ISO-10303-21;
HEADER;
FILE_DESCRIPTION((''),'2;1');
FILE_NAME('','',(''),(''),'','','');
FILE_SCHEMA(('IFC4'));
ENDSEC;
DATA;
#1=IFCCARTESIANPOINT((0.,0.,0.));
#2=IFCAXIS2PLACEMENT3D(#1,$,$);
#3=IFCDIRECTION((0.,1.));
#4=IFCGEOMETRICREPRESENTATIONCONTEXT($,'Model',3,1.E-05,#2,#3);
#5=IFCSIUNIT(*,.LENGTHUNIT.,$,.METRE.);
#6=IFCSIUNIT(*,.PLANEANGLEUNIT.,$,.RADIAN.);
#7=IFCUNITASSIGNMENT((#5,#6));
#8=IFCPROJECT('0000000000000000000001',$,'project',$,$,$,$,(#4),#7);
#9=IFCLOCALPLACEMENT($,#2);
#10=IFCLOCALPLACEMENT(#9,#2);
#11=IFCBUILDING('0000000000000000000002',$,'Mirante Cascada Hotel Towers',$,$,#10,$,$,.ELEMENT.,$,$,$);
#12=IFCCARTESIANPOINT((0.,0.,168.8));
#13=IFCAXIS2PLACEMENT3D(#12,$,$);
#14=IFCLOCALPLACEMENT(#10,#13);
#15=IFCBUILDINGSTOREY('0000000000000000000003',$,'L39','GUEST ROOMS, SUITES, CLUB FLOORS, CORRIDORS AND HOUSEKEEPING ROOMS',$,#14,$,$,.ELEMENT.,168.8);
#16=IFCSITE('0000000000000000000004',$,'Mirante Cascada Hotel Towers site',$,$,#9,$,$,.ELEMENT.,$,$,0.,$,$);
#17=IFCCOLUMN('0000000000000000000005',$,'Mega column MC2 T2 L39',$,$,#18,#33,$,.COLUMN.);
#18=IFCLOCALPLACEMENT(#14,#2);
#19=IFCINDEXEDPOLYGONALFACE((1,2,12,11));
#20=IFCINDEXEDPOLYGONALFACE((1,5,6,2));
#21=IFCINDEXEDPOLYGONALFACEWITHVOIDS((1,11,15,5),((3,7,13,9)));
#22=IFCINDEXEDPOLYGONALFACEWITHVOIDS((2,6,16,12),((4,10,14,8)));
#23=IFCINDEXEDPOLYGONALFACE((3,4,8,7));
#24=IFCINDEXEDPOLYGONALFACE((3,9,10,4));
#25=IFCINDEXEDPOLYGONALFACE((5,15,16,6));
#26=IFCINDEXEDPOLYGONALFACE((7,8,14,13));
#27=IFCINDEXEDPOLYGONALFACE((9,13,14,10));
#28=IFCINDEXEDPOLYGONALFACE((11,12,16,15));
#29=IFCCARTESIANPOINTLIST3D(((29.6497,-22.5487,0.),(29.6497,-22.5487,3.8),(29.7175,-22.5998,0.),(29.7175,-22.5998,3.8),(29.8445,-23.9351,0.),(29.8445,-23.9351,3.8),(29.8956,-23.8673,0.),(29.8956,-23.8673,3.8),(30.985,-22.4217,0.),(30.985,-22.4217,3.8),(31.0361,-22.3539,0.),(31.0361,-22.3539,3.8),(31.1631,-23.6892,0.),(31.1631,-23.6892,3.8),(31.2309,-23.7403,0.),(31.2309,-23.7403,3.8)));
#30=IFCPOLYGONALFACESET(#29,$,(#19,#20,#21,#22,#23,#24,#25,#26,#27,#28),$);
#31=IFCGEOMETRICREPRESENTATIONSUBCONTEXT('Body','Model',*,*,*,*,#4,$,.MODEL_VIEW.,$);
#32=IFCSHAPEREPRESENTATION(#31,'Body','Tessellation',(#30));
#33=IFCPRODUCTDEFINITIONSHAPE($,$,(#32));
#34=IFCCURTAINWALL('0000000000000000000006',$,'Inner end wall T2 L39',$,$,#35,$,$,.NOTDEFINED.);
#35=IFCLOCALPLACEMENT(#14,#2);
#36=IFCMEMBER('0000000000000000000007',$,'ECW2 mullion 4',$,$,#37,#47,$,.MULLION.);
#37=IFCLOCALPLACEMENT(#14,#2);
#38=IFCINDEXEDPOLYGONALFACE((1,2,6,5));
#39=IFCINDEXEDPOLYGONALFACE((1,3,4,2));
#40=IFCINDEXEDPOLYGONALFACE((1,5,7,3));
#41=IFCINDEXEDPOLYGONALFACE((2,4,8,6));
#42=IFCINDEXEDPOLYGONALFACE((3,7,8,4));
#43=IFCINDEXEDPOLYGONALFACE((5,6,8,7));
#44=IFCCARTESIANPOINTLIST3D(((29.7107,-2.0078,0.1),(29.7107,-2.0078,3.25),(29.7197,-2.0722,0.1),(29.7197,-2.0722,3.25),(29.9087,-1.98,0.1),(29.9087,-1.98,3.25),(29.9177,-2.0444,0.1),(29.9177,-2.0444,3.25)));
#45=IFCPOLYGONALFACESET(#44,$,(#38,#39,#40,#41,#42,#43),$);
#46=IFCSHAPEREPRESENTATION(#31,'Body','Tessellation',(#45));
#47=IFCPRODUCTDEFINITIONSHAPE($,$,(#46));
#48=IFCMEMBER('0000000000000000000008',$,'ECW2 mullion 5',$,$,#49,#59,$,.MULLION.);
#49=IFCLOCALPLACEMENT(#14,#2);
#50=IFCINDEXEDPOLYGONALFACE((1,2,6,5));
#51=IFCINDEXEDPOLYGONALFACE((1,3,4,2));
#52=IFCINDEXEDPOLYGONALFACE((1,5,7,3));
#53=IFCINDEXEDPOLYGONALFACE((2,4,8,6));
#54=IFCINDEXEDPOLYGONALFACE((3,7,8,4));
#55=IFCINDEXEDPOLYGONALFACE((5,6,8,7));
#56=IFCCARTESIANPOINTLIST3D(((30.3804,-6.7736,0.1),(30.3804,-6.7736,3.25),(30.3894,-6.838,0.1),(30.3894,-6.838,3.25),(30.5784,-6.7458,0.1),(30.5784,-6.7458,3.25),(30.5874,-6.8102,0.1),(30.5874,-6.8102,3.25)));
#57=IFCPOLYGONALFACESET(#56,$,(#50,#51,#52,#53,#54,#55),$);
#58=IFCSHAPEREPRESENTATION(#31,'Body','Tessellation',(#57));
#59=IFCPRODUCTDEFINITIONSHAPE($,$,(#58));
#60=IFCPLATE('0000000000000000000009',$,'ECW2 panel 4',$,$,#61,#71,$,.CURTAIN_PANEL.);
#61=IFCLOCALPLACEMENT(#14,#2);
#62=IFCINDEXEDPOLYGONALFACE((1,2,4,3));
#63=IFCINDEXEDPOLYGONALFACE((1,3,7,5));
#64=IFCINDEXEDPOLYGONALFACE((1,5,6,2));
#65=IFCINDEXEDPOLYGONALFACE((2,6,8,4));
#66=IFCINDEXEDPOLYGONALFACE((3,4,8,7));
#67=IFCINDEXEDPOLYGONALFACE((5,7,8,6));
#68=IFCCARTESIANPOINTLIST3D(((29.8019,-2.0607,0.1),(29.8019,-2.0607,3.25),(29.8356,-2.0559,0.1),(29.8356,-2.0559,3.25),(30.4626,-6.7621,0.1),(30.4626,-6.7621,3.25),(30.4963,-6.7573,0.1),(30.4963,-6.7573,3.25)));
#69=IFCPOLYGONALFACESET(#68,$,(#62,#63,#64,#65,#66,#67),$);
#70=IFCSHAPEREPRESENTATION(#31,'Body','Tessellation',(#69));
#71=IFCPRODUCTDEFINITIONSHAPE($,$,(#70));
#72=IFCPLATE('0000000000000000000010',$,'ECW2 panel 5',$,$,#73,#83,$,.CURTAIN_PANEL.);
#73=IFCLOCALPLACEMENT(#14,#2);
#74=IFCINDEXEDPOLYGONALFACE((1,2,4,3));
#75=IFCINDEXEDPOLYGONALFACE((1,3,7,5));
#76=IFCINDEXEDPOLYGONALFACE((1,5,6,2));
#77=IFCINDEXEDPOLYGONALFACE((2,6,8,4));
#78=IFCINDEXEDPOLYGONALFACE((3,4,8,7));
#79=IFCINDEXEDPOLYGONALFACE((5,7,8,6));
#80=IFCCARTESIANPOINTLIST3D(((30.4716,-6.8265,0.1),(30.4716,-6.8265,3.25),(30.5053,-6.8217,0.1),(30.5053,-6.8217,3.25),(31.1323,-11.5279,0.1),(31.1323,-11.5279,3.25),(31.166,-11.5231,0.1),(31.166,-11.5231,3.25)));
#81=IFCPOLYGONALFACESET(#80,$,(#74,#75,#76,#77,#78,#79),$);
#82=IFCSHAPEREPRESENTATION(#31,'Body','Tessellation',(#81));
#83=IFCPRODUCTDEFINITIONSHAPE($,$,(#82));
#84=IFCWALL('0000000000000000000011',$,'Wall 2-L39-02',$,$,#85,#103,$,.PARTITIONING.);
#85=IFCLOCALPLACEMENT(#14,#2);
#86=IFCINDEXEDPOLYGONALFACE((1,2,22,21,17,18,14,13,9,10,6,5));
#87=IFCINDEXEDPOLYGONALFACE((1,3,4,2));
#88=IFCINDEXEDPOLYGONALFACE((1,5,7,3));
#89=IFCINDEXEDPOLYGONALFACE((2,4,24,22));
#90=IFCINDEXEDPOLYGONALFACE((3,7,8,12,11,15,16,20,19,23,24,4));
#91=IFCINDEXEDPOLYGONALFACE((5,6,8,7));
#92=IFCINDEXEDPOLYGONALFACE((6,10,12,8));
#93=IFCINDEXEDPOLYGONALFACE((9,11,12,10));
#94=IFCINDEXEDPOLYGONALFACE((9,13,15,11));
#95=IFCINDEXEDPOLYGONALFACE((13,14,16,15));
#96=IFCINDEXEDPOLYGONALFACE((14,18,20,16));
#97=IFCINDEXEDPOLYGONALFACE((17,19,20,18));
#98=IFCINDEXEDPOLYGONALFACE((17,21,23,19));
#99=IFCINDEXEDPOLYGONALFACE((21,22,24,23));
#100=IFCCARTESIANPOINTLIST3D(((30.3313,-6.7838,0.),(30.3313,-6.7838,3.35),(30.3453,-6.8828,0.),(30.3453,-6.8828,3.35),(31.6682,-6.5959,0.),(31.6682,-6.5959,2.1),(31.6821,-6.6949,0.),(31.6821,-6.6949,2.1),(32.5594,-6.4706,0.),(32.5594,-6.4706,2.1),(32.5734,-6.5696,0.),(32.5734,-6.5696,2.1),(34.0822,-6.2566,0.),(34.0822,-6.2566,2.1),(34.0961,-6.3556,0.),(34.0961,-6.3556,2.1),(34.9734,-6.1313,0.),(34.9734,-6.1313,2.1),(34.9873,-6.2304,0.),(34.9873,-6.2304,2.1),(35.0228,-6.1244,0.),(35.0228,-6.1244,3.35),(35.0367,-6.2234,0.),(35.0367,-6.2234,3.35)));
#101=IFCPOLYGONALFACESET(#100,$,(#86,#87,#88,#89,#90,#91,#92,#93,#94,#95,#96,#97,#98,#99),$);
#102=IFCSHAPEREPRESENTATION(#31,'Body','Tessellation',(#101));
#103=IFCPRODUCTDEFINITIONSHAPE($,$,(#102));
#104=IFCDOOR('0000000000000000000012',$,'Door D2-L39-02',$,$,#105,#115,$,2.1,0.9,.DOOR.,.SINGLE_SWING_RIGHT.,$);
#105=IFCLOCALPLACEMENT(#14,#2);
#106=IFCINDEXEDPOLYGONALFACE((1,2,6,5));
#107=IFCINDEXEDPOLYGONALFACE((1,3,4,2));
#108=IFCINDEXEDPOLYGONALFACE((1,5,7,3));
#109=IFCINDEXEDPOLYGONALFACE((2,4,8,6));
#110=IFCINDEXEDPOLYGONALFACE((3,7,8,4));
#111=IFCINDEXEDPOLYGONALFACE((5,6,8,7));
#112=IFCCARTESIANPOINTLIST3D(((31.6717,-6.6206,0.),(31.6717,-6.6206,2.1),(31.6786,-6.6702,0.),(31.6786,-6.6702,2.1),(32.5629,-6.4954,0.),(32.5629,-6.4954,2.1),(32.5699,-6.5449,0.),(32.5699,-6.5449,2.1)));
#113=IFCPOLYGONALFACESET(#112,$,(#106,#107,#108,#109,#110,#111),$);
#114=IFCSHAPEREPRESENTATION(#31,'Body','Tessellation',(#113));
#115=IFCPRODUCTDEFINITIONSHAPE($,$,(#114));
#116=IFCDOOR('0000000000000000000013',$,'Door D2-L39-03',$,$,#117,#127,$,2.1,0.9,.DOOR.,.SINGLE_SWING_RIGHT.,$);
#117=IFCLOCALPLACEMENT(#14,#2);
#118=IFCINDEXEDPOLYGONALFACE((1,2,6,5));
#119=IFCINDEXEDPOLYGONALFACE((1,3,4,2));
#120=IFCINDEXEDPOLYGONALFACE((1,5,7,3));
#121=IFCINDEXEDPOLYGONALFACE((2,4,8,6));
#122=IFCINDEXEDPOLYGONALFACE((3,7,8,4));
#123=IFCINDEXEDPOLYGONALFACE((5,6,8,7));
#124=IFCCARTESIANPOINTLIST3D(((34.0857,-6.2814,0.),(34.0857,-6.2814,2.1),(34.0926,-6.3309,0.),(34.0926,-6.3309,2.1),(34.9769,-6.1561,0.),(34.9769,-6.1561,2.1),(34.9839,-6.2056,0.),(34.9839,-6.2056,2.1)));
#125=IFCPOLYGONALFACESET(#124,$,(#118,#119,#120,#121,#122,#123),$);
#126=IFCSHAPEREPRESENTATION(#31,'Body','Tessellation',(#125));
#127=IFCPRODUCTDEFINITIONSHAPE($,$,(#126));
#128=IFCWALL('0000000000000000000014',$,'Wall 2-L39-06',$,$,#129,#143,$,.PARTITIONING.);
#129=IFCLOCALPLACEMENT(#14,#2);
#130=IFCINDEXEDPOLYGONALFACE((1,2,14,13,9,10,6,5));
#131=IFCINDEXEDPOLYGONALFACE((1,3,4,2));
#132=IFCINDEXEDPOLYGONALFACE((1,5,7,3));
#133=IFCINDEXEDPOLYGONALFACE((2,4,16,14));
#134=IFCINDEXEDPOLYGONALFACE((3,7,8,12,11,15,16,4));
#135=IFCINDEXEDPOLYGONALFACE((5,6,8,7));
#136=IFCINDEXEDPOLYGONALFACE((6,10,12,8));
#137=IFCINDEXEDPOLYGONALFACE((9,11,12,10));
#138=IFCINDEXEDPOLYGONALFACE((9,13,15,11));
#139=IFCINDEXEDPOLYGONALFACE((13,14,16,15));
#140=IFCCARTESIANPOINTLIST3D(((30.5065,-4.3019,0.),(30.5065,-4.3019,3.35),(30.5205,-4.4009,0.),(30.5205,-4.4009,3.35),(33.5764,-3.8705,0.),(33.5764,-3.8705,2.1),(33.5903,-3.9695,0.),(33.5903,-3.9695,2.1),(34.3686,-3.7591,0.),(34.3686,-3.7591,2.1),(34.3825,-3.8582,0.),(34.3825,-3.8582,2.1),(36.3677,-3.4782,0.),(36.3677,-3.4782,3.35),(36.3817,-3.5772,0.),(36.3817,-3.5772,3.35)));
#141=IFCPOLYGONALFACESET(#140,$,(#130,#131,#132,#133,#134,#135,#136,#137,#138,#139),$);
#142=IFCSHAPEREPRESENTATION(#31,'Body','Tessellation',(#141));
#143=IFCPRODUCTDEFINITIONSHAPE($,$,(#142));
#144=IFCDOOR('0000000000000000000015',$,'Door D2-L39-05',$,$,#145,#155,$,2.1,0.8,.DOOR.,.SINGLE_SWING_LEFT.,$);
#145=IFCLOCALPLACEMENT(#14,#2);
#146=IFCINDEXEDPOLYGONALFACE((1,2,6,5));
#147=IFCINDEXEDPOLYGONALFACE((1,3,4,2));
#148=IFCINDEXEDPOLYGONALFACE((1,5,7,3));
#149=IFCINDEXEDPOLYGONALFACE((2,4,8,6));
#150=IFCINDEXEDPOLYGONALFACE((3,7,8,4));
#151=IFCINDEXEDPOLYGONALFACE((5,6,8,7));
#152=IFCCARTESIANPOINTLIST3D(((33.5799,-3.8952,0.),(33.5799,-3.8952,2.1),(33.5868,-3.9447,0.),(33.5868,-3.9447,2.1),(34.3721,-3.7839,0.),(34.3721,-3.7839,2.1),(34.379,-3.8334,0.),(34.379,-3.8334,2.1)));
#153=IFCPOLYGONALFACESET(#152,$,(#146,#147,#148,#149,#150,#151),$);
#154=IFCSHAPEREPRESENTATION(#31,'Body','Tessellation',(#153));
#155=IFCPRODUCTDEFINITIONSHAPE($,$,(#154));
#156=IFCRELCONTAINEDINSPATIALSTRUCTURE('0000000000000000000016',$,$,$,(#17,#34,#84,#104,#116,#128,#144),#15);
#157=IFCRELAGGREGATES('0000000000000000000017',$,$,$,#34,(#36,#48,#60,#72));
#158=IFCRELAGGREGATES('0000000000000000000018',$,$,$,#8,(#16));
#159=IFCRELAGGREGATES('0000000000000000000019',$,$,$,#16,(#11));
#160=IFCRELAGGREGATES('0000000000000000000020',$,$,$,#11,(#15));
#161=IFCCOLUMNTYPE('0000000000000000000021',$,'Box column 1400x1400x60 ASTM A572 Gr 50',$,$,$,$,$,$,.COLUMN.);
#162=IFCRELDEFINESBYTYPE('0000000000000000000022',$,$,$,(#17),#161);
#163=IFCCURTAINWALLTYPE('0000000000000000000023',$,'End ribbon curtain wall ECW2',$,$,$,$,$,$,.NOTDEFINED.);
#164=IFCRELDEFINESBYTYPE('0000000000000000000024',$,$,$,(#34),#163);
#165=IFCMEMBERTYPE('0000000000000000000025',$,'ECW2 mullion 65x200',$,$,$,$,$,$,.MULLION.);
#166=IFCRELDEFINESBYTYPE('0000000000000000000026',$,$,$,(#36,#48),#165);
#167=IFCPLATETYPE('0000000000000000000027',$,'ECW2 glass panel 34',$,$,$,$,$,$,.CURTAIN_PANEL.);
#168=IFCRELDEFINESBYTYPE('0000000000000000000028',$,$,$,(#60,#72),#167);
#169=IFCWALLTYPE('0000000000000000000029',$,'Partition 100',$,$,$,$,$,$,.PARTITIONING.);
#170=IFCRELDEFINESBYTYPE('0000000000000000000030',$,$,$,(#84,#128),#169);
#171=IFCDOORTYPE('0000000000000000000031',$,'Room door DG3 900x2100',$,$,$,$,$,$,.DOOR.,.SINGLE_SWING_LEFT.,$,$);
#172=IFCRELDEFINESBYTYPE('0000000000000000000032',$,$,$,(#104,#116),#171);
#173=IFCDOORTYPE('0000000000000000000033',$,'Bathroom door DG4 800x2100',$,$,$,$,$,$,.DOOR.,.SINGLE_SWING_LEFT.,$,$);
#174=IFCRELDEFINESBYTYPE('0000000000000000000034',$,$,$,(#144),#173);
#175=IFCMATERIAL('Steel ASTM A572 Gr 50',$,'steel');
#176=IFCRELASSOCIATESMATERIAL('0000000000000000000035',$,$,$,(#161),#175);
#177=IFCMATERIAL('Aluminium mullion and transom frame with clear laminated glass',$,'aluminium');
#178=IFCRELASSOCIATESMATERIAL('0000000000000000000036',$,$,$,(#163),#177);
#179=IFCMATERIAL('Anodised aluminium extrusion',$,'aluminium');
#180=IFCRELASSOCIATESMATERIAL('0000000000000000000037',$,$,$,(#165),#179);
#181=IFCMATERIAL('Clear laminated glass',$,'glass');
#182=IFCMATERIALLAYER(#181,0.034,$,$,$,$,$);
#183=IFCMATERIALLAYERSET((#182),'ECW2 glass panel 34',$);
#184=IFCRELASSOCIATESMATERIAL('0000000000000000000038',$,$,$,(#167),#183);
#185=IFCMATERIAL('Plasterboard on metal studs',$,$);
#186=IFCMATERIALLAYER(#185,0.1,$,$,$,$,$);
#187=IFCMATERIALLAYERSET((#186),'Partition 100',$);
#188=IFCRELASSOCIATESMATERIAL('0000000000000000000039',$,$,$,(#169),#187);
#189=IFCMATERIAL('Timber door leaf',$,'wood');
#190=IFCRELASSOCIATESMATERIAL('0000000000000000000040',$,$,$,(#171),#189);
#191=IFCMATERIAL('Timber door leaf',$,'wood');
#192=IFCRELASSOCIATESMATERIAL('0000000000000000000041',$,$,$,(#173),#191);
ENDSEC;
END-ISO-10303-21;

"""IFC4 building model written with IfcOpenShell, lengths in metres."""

from ifc_helpers import new_model, si_unit, direction, frame, frame_2d, origin, origin_2d, place, context, subcontext, project, spatial, rectangle, hollow_rectangle, extrude, material, layer, layer_set, material_profile, profile_set, type_object, element, fill, aggregate, save


model = new_model("IFC4")

# Units and contexts
model_context = context("Model", 3, precision=1e-05, world=origin(), true_north=direction((0.0, 1.0)))
body_context = subcontext(model_context, "Body", "Model", "MODEL_VIEW")
ifc_project = project(units=[si_unit("LENGTHUNIT", "METRE"), si_unit("PLANEANGLEUNIT", "RADIAN")], contexts=[model_context])

# Site, building, storey
site_placement = place(None, origin())
site = spatial("IfcSite", under=ifc_project, at=site_placement, Name="Mirante Cascada Hotel Towers site", CompositionType="ELEMENT", RefElevation=0.0)
building_placement = place(site_placement, origin())
building = spatial("IfcBuilding", under=site, at=building_placement, Name="Mirante Cascada Hotel Towers", CompositionType="ELEMENT")
storey_placement = place(building_placement, frame((0.0, 0.0, 168.8)))
storey = spatial("IfcBuildingStorey", under=building, at=storey_placement, Name="L39", Description="GUEST ROOMS, SUITES, CLUB FLOORS, CORRIDORS AND HOUSEKEEPING ROOMS", CompositionType="ELEMENT", Elevation=168.8)

# Column
ifc_material_1 = material(Name="Steel ASTM A572 Gr 50", Category="steel")
ifc_material_profile_1 = material_profile(ifc_material_1, hollow_rectangle(XDim=1.4, YDim=1.4, WallThickness=0.06, at=origin_2d()), Name="Box column 1400x1400x60 ASTM A572 Gr 50")
ifc_profile_set_1 = profile_set([ifc_material_profile_1], Name="Steel ASTM A572 Gr 50")
column_type = type_object("IfcColumnType", Name="Box column 1400x1400x60 ASTM A572 Gr 50", PredefinedType="COLUMN", material=ifc_profile_set_1)
column_placement = place(storey_placement, frame((30.4403, -23.1445, 0.0), z_axis=(0.0, 0.0, 1.0), x_axis=(0.990268, 0.139173, 0.0)))
element("IfcColumn", 1, at=column_placement, inside=storey, type_object=column_type, Name="Mega column MC2 T2 L39", PredefinedType="COLUMN", context=body_context, shape_type="SweptSolid", body=[
    extrude(hollow_rectangle(XDim=1.4, YDim=1.4, WallThickness=0.06, at=origin_2d()), origin(), (0.0, 0.0, 1.0), 3.8),
])

# Curtain wall, members, plates
ifc_material_2 = material(Name="Aluminium mullion and transom frame with clear laminated glass", Category="aluminium")
curtain_wall_type = type_object("IfcCurtainWallType", Name="End ribbon curtain wall ECW2", PredefinedType="NOTDEFINED", material=ifc_material_2)
curtain_wall_placement = place(storey_placement, origin())
curtain_wall = element("IfcCurtainWall", 2, at=curtain_wall_placement, inside=storey, type_object=curtain_wall_type, Name="Inner end wall T2 L39", PredefinedType="NOTDEFINED")
ifc_material_3 = material(Name="Anodised aluminium extrusion", Category="aluminium")
ifc_material_profile_2 = material_profile(ifc_material_3, rectangle(XDim=0.2, YDim=0.065, at=origin_2d()), Name="ECW2 MULLION 65x200")
ifc_profile_set_2 = profile_set([ifc_material_profile_2], Name="Anodised aluminium extrusion")
member_type = type_object("IfcMemberType", Name="ECW2 mullion 65x200", PredefinedType="MULLION", material=ifc_profile_set_2)
member_1_placement = place(storey_placement, frame((29.8142, -2.0261, 0.1), z_axis=(0.0, 0.0, 1.0), x_axis=(0.990268, 0.139173, 0.0)))
member_1 = element("IfcMember", 3, at=member_1_placement, type_object=member_type, Name="ECW2 mullion 4", PredefinedType="MULLION", context=body_context, shape_type="SweptSolid", body=[
    extrude(rectangle(XDim=0.2, YDim=0.065, at=origin_2d()), origin(), (0.0, 0.0, 1.0), 3.15),
])
member_2_placement = place(storey_placement, frame((30.4839, -6.7919, 0.1), z_axis=(0.0, 0.0, 1.0), x_axis=(0.990268, 0.139173, 0.0)))
member_2 = element("IfcMember", 4, at=member_2_placement, type_object=member_type, Name="ECW2 mullion 5", PredefinedType="MULLION", context=body_context, shape_type="SweptSolid", body=[
    extrude(rectangle(XDim=0.2, YDim=0.065, at=origin_2d()), origin(), (0.0, 0.0, 1.0), 3.15),
])
ifc_material_4 = material(Name="Clear laminated glass", Category="glass")
ifc_layer_1 = layer(ifc_material_4, 0.034)
ifc_layer_set_1 = layer_set([ifc_layer_1], Name="ECW2 glass panel 34")
plate_type = type_object("IfcPlateType", Name="ECW2 glass panel 34", PredefinedType="CURTAIN_PANEL", material=ifc_layer_set_1)
plate_1_placement = place(storey_placement, frame((30.1491, -4.409, 0.1), z_axis=(0.0, 0.0, 1.0), x_axis=(0.139173, -0.990268, 0.0)))
plate_1 = element("IfcPlate", 5, at=plate_1_placement, type_object=plate_type, Name="ECW2 panel 4", PredefinedType="CURTAIN_PANEL", context=body_context, shape_type="SweptSolid", body=[
    extrude(rectangle(XDim=4.7476, YDim=0.034, at=origin_2d()), origin(), (0.0, 0.0, 1.0), 3.15),
])
plate_2_placement = place(storey_placement, frame((30.8188, -9.1748, 0.1), z_axis=(0.0, 0.0, 1.0), x_axis=(0.139173, -0.990268, 0.0)))
plate_2 = element("IfcPlate", 6, at=plate_2_placement, type_object=plate_type, Name="ECW2 panel 5", PredefinedType="CURTAIN_PANEL", context=body_context, shape_type="SweptSolid", body=[
    extrude(rectangle(XDim=4.7476, YDim=0.034, at=origin_2d()), origin(), (0.0, 0.0, 1.0), 3.15),
])
aggregate(curtain_wall, [member_1, member_2, plate_1, plate_2])

# Wall, openings, doors
ifc_material_5 = material(Name="Plasterboard on metal studs")
ifc_layer_2 = layer(ifc_material_5, 0.1)
ifc_layer_set_2 = layer_set([ifc_layer_2], Name="Partition 100")
wall_type = type_object("IfcWallType", Name="Partition 100", PredefinedType="PARTITIONING", material=ifc_layer_set_2)
wall_1_placement = place(storey_placement, frame((30.3383, -6.8333, 0.0), z_axis=(0.0, 0.0, 1.0), x_axis=(0.990267, 0.139184, 0.0)))
wall_1 = element("IfcWall", 7, at=wall_1_placement, inside=storey, type_object=wall_type, Name="Wall 2-L39-02", PredefinedType="PARTITIONING", context=body_context, shape_type="SweptSolid", body=[
    extrude(rectangle(XDim=4.7376, YDim=0.1, at=frame_2d((2.3688, 0.0))), origin(), (0.0, 0.0, 1.0), 3.35),
])
opening_1_placement = place(wall_1_placement, frame((1.35, 0.0, 0.0)))
opening_1 = element("IfcOpeningElement", 8, at=opening_1_placement, cuts=wall_1, PredefinedType="OPENING", context=body_context, shape_type="SweptSolid", body=[
    extrude(rectangle(XDim=0.9, YDim=2.1, at=frame_2d((0.45, 1.05))), frame((0.0, 0.05, 0.0), z_axis=(0.0, -1.0, 0.0), x_axis=(1.0, 0.0, 0.0)), (0.0, 0.0, 1.0), 0.1),
])
opening_2_placement = place(wall_1_placement, frame((3.7877, 0.0, 0.0)))
opening_2 = element("IfcOpeningElement", 9, at=opening_2_placement, cuts=wall_1, PredefinedType="OPENING", context=body_context, shape_type="SweptSolid", body=[
    extrude(rectangle(XDim=0.9, YDim=2.1, at=frame_2d((0.45, 1.05))), frame((0.0, 0.05, 0.0), z_axis=(0.0, -1.0, 0.0), x_axis=(1.0, 0.0, 0.0)), (0.0, 0.0, 1.0), 0.1),
])
ifc_material_6 = material(Name="Timber door leaf", Category="wood")
door_type_1 = type_object("IfcDoorType", Name="Room door DG3 900x2100", OperationType="SINGLE_SWING_LEFT", PredefinedType="DOOR", material=ifc_material_6)
door_1_placement = place(opening_1_placement, frame((0.9, 0.0, 0.0), z_axis=(0.0, 0.0, 1.0), x_axis=(-1.0, 0.0, 0.0)))
door_1 = element("IfcDoor", 10, at=door_1_placement, inside=storey, type_object=door_type_1, Name="Door D2-L39-02", OperationType="SINGLE_SWING_RIGHT", OverallHeight=2.1, OverallWidth=0.9, PredefinedType="DOOR", context=body_context, shape_type="SweptSolid", body=[
    extrude(rectangle(XDim=0.9, YDim=2.1, at=frame_2d((0.45, 1.05))), frame((0.0, 0.025, 0.0), z_axis=(0.0, -1.0, 0.0), x_axis=(1.0, 0.0, 0.0)), (0.0, 0.0, 1.0), 0.05),
])
fill(opening_1, door_1)
door_2_placement = place(opening_2_placement, frame((0.9, 0.0, 0.0), z_axis=(0.0, 0.0, 1.0), x_axis=(-1.0, 0.0, 0.0)))
door_2 = element("IfcDoor", 11, at=door_2_placement, inside=storey, type_object=door_type_1, Name="Door D2-L39-03", OperationType="SINGLE_SWING_RIGHT", OverallHeight=2.1, OverallWidth=0.9, PredefinedType="DOOR", context=body_context, shape_type="SweptSolid", body=[
    extrude(rectangle(XDim=0.9, YDim=2.1, at=frame_2d((0.45, 1.05))), frame((0.0, 0.025, 0.0), z_axis=(0.0, -1.0, 0.0), x_axis=(1.0, 0.0, 0.0)), (0.0, 0.0, 1.0), 0.05),
])
fill(opening_2, door_2)

# Wall, opening, door
wall_2_placement = place(storey_placement, frame((30.5135, -4.3514, 0.0), z_axis=(0.0, 0.0, 1.0), x_axis=(0.990269, 0.139167, 0.0)))
wall_2 = element("IfcWall", 12, at=wall_2_placement, inside=storey, type_object=wall_type, Name="Wall 2-L39-06", PredefinedType="PARTITIONING", context=body_context, shape_type="SweptSolid", body=[
    extrude(rectangle(XDim=5.9188, YDim=0.1, at=frame_2d((2.9594, 0.0))), origin(), (0.0, 0.0, 1.0), 3.35),
])
opening_3_placement = place(wall_2_placement, frame((3.1, 0.0, 0.0)))
opening_3 = element("IfcOpeningElement", 13, at=opening_3_placement, cuts=wall_2, PredefinedType="OPENING", context=body_context, shape_type="SweptSolid", body=[
    extrude(rectangle(XDim=0.8, YDim=2.1, at=frame_2d((0.4, 1.05))), frame((0.0, 0.05, 0.0), z_axis=(0.0, -1.0, 0.0), x_axis=(1.0, 0.0, 0.0)), (0.0, 0.0, 1.0), 0.1),
])
ifc_material_7 = material(Name="Timber door leaf", Category="wood")
door_type_2 = type_object("IfcDoorType", Name="Bathroom door DG4 800x2100", OperationType="SINGLE_SWING_LEFT", PredefinedType="DOOR", material=ifc_material_7)
door_3_placement = place(opening_3_placement, origin())
door_3 = element("IfcDoor", 14, at=door_3_placement, inside=storey, type_object=door_type_2, Name="Door D2-L39-05", OperationType="SINGLE_SWING_LEFT", OverallHeight=2.1, OverallWidth=0.8, PredefinedType="DOOR", context=body_context, shape_type="SweptSolid", body=[
    extrude(rectangle(XDim=0.8, YDim=2.1, at=frame_2d((0.4, 1.05))), frame((0.0, 0.025, 0.0), z_axis=(0.0, -1.0, 0.0), x_axis=(1.0, 0.0, 0.0)), (0.0, 0.0, 1.0), 0.05),
])
fill(opening_3, door_3)

save(model, "model.ifc")
